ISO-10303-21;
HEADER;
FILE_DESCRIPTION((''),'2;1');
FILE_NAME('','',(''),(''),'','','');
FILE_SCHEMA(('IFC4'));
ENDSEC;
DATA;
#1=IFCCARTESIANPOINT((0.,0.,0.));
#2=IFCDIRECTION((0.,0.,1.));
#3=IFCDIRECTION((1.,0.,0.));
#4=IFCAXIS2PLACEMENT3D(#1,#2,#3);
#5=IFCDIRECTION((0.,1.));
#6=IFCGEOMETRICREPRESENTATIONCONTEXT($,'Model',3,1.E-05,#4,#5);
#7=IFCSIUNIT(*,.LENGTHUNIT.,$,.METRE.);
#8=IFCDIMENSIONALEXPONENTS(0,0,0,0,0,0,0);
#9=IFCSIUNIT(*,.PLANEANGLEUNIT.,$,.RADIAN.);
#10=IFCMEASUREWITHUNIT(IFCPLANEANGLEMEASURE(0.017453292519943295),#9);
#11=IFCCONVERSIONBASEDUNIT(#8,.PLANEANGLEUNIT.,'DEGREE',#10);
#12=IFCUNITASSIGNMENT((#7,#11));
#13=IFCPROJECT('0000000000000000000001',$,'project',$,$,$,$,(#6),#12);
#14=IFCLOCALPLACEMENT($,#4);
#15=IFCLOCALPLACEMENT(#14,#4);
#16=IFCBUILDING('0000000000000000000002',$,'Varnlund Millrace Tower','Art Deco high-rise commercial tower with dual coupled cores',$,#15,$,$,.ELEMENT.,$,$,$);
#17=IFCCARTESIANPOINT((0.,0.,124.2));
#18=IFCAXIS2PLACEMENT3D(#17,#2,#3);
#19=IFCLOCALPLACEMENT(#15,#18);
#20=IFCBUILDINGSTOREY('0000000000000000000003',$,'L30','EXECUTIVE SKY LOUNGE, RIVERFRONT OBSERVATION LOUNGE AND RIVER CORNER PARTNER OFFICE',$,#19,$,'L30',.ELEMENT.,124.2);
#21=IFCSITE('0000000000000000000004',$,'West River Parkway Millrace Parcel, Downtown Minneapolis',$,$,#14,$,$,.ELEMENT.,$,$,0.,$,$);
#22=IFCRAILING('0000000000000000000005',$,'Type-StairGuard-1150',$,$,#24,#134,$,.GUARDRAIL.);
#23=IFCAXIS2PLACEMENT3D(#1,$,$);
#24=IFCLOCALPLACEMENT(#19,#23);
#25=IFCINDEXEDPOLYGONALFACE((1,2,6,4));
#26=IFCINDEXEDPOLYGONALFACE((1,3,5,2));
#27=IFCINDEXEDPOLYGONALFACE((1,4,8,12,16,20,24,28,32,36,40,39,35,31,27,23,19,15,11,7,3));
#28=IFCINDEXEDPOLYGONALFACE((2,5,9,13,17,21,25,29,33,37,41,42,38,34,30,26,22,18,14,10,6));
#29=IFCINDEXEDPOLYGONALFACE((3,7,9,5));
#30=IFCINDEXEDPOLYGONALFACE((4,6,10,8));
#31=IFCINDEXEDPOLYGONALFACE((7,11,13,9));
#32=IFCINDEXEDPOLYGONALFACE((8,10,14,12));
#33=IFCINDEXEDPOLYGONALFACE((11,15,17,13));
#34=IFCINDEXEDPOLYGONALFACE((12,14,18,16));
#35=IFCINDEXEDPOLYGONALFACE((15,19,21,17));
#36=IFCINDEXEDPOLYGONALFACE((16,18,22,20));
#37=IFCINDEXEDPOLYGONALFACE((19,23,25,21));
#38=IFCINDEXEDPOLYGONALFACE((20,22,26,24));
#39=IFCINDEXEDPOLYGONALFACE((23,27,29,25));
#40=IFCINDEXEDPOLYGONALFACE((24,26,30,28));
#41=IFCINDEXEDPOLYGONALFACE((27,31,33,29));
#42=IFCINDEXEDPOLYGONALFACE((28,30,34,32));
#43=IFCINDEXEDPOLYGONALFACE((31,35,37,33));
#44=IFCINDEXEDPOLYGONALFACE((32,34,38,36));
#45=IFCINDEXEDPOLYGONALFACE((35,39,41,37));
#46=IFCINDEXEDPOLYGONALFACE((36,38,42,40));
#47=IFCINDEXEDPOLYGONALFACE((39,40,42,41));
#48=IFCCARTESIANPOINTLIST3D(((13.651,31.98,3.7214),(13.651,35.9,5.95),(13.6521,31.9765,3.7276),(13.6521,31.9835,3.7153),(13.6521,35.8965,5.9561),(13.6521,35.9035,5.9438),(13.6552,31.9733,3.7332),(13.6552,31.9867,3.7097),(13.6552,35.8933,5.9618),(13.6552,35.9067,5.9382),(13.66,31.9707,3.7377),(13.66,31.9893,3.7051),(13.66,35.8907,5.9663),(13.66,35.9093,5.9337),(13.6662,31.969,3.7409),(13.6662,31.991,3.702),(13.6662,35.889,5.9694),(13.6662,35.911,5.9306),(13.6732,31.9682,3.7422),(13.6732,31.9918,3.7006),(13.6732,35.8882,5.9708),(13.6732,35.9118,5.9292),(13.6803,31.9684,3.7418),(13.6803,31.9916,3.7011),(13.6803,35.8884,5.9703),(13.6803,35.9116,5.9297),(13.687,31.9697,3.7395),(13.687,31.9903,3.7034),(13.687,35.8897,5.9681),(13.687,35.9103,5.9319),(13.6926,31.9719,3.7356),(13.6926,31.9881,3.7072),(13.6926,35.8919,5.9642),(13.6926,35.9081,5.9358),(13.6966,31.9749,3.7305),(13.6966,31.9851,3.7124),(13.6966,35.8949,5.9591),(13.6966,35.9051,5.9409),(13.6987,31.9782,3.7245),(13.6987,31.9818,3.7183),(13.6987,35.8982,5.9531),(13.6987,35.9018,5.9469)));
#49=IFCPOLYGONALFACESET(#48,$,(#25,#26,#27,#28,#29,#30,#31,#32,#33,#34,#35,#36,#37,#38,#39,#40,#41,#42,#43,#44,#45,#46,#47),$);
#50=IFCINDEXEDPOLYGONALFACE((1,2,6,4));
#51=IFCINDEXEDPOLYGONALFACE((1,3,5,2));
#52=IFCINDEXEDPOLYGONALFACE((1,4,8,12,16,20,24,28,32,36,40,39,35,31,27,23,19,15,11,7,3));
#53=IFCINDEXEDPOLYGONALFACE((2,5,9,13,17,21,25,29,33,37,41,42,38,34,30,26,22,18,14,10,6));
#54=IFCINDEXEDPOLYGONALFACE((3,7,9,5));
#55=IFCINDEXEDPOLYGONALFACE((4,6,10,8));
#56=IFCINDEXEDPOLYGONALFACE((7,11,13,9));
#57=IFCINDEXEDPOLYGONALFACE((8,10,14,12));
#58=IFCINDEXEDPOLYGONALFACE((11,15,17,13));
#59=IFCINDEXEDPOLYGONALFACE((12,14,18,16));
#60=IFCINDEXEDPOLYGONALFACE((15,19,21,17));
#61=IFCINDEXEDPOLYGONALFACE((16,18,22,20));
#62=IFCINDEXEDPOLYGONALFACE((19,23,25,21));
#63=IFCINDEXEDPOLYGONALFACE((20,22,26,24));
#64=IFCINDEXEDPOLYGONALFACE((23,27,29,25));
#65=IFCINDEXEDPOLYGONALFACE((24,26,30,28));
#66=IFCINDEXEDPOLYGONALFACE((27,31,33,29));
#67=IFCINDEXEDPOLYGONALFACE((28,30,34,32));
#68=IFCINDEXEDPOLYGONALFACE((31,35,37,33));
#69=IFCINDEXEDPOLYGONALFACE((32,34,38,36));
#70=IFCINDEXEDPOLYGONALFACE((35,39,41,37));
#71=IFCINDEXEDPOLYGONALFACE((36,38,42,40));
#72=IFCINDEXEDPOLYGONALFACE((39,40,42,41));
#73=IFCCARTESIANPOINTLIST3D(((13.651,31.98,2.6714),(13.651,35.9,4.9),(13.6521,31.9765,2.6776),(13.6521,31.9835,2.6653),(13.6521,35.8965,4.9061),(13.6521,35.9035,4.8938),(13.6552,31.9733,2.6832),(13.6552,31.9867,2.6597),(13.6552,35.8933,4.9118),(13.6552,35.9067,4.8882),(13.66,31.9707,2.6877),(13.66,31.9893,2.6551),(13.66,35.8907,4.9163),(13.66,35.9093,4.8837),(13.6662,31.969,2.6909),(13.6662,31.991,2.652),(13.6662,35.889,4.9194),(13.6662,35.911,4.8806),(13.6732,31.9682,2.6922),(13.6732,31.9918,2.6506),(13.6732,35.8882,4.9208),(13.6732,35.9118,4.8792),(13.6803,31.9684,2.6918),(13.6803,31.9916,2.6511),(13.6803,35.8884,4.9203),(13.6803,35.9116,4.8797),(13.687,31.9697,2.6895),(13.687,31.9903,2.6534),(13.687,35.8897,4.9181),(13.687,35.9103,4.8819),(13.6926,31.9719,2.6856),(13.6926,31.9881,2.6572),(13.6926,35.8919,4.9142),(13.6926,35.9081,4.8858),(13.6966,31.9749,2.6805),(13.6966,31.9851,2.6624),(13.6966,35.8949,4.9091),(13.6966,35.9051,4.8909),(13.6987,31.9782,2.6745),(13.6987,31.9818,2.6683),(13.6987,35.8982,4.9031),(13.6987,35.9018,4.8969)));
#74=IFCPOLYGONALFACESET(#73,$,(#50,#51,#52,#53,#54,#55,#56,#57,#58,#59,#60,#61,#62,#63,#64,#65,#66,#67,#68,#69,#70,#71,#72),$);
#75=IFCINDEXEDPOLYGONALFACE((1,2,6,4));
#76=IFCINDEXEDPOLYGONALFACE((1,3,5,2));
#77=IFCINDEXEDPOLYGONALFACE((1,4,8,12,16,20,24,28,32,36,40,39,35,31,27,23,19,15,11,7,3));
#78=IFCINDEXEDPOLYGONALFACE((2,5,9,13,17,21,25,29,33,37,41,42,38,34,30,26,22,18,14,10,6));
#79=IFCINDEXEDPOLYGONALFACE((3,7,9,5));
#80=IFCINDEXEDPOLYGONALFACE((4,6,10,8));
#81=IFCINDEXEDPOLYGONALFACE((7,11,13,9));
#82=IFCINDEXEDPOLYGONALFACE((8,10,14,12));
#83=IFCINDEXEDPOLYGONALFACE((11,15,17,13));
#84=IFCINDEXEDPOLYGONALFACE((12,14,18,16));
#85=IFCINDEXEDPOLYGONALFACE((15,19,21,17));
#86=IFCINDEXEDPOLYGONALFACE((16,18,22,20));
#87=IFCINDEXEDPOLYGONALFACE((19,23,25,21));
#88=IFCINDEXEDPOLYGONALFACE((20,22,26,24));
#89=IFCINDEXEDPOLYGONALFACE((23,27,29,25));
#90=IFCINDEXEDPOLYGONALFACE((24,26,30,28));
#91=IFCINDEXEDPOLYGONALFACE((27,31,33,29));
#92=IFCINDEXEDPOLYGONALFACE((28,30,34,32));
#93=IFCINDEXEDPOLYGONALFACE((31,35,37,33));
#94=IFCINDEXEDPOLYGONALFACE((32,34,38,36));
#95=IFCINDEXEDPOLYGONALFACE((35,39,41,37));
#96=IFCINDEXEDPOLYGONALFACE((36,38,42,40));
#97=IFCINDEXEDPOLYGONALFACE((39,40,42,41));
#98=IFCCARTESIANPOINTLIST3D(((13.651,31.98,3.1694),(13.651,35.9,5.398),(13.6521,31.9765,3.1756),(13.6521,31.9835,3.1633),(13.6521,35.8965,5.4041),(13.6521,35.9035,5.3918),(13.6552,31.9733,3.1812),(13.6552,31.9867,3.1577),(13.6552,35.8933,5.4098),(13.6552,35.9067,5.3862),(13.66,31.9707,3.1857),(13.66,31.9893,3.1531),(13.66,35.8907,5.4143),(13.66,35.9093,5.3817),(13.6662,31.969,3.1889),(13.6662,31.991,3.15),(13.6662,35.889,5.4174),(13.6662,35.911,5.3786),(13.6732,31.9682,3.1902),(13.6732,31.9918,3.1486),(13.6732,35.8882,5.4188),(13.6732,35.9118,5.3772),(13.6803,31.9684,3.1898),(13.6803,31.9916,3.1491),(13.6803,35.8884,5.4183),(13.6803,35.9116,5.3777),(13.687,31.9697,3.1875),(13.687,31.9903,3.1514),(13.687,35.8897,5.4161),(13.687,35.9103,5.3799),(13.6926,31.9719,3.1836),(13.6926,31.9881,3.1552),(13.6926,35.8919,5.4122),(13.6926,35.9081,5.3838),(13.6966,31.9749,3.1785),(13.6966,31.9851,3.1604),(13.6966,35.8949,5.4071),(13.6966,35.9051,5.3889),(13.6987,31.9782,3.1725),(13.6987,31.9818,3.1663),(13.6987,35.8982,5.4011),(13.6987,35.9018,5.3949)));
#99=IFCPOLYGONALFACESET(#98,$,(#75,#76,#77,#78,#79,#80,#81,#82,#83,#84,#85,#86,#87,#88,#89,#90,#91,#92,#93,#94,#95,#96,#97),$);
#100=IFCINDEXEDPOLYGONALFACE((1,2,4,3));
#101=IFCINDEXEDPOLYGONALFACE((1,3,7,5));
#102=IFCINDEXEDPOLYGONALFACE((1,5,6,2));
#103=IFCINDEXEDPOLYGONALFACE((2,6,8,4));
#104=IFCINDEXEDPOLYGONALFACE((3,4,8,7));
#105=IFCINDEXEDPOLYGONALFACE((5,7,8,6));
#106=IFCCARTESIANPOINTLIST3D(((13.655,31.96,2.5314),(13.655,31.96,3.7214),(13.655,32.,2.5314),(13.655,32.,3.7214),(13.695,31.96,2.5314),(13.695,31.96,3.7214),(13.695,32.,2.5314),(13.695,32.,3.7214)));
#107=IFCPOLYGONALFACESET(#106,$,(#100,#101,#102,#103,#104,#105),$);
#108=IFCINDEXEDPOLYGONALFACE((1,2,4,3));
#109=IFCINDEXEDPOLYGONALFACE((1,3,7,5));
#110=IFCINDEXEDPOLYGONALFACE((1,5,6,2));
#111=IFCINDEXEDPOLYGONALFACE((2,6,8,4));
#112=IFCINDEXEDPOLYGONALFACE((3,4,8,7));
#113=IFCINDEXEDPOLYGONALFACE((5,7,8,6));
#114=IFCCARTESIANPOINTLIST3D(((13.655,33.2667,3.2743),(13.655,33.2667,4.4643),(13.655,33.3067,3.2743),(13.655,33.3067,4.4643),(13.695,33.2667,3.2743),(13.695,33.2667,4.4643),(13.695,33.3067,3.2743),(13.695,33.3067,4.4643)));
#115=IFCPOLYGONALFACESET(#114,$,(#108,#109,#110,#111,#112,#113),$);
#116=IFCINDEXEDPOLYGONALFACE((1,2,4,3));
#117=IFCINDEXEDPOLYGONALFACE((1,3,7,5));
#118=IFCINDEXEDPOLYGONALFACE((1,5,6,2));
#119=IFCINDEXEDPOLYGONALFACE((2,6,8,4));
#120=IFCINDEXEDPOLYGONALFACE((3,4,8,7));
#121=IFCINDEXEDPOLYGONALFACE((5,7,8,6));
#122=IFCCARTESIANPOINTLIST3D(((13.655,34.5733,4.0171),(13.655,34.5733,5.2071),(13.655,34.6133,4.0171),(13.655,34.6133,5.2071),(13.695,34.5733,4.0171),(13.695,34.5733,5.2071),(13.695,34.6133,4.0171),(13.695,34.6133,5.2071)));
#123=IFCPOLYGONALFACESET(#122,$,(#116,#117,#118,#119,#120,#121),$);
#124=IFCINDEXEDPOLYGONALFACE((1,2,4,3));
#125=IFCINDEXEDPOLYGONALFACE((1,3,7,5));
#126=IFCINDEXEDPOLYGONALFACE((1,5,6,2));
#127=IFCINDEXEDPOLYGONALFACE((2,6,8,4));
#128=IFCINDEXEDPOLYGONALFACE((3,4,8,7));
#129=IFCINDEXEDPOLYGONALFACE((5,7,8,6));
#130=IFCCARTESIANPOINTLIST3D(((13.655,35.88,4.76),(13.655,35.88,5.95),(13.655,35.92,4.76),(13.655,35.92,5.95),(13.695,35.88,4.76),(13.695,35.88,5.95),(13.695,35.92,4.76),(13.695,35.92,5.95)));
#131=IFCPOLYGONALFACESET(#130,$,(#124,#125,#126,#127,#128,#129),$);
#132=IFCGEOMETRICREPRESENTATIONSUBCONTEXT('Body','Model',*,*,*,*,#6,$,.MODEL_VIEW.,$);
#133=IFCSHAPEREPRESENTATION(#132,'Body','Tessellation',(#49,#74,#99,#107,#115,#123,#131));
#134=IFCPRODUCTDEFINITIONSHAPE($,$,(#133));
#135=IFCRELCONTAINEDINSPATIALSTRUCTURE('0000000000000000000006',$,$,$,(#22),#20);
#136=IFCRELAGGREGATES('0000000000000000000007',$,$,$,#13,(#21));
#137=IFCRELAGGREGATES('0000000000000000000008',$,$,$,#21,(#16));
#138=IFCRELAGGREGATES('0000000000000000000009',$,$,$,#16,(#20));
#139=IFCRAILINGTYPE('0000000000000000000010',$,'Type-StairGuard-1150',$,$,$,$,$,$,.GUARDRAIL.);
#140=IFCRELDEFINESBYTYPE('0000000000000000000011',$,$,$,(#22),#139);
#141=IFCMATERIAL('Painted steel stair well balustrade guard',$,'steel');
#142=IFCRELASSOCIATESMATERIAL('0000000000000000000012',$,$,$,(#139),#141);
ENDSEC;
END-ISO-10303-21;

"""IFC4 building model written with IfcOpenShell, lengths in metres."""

from ifc_helpers import new_model, entity, si_unit, converted_unit, direction, frame, origin_with_axes, origin_2d_with_axis, place, context, subcontext, project, spatial, rectangle, circle, extrude, material, type_object, element, save


model = new_model("IFC4")

# Units and contexts
model_context = context("Model", 3, precision=1e-05, world=origin_with_axes(), true_north=direction((0.0, 1.0)))
body_context = subcontext(model_context, "Body", "Model", "MODEL_VIEW")
ifc_project = project(units=[si_unit("LENGTHUNIT", "METRE"), converted_unit("PLANEANGLEUNIT", "DEGREE", entity("IfcPlaneAngleMeasure", 0.017453292519943295), si_unit("PLANEANGLEUNIT", "RADIAN"), dimensions=[0, 0, 0, 0, 0, 0, 0])], contexts=[model_context])

# Site, building, storey
site_placement = place(None, origin_with_axes())
site = spatial("IfcSite", under=ifc_project, at=site_placement, Name="West River Parkway Millrace Parcel, Downtown Minneapolis", CompositionType="ELEMENT", RefElevation=0.0)
building_placement = place(site_placement, origin_with_axes())
building = spatial("IfcBuilding", under=site, at=building_placement, Name="Varnlund Millrace Tower", Description="Art Deco high-rise commercial tower with dual coupled cores", CompositionType="ELEMENT")
storey_placement = place(building_placement, frame((0.0, 0.0, 124.2), z_axis=(0.0, 0.0, 1.0), x_axis=(1.0, 0.0, 0.0)))
storey = spatial("IfcBuildingStorey", under=building, at=storey_placement, Name="L30", Description="EXECUTIVE SKY LOUNGE, RIVERFRONT OBSERVATION LOUNGE AND RIVER CORNER PARTNER OFFICE", LongName="L30", CompositionType="ELEMENT", Elevation=124.2)

# Railing
ifc_material_1 = material(Name="Painted steel stair well balustrade guard", Category="steel")
railing_type_1 = type_object("IfcRailingType", Name="Type-StairGuard-1150", PredefinedType="GUARDRAIL", material=ifc_material_1)
railing_1_placement = place(storey_placement, frame((0.0, 0.0, -124.2), z_axis=(0.0, 0.0, 1.0), x_axis=(1.0, 0.0, 0.0)))
element("IfcRailing", 1, at=railing_1_placement, inside=storey, type_object=railing_type_1, Name="Type-StairGuard-1150", PredefinedType="GUARDRAIL", context=body_context, shape_type="SweptSolid", body=[
    extrude(circle(Radius=0.024, at=origin_2d_with_axis()), frame((13.675, 31.98, 127.9214), z_axis=(0.0, 0.869333, 0.494227), x_axis=(-1.0, 0.0, 0.0)), (0.0, 0.0, 1.0), 4.5092),
    extrude(circle(Radius=0.024, at=origin_2d_with_axis()), frame((13.675, 31.98, 126.8714), z_axis=(0.0, 0.869333, 0.494227), x_axis=(-1.0, 0.0, 0.0)), (0.0, 0.0, 1.0), 4.5092),
    extrude(circle(Radius=0.024, at=origin_2d_with_axis()), frame((13.675, 31.98, 127.3694), z_axis=(0.0, 0.869333, 0.494227), x_axis=(-1.0, 0.0, 0.0)), (0.0, 0.0, 1.0), 4.5092),
    extrude(rectangle(XDim=0.04, YDim=0.04, at=origin_2d_with_axis()), frame((13.675, 31.98, 126.7314), z_axis=(0.0, 0.0, 1.0), x_axis=(1.0, 0.0, 0.0)), (0.0, 0.0, 1.0), 1.19),
    extrude(rectangle(XDim=0.04, YDim=0.04, at=origin_2d_with_axis()), frame((13.675, 33.2867, 127.4743), z_axis=(0.0, 0.0, 1.0), x_axis=(1.0, 0.0, 0.0)), (0.0, 0.0, 1.0), 1.19),
    extrude(rectangle(XDim=0.04, YDim=0.04, at=origin_2d_with_axis()), frame((13.675, 34.5933, 128.2171), z_axis=(0.0, 0.0, 1.0), x_axis=(1.0, 0.0, 0.0)), (0.0, 0.0, 1.0), 1.19),
    extrude(rectangle(XDim=0.04, YDim=0.04, at=origin_2d_with_axis()), frame((13.675, 35.9, 128.96), z_axis=(0.0, 0.0, 1.0), x_axis=(1.0, 0.0, 0.0)), (0.0, 0.0, 1.0), 1.19),
])

save(model, "model.ifc")
